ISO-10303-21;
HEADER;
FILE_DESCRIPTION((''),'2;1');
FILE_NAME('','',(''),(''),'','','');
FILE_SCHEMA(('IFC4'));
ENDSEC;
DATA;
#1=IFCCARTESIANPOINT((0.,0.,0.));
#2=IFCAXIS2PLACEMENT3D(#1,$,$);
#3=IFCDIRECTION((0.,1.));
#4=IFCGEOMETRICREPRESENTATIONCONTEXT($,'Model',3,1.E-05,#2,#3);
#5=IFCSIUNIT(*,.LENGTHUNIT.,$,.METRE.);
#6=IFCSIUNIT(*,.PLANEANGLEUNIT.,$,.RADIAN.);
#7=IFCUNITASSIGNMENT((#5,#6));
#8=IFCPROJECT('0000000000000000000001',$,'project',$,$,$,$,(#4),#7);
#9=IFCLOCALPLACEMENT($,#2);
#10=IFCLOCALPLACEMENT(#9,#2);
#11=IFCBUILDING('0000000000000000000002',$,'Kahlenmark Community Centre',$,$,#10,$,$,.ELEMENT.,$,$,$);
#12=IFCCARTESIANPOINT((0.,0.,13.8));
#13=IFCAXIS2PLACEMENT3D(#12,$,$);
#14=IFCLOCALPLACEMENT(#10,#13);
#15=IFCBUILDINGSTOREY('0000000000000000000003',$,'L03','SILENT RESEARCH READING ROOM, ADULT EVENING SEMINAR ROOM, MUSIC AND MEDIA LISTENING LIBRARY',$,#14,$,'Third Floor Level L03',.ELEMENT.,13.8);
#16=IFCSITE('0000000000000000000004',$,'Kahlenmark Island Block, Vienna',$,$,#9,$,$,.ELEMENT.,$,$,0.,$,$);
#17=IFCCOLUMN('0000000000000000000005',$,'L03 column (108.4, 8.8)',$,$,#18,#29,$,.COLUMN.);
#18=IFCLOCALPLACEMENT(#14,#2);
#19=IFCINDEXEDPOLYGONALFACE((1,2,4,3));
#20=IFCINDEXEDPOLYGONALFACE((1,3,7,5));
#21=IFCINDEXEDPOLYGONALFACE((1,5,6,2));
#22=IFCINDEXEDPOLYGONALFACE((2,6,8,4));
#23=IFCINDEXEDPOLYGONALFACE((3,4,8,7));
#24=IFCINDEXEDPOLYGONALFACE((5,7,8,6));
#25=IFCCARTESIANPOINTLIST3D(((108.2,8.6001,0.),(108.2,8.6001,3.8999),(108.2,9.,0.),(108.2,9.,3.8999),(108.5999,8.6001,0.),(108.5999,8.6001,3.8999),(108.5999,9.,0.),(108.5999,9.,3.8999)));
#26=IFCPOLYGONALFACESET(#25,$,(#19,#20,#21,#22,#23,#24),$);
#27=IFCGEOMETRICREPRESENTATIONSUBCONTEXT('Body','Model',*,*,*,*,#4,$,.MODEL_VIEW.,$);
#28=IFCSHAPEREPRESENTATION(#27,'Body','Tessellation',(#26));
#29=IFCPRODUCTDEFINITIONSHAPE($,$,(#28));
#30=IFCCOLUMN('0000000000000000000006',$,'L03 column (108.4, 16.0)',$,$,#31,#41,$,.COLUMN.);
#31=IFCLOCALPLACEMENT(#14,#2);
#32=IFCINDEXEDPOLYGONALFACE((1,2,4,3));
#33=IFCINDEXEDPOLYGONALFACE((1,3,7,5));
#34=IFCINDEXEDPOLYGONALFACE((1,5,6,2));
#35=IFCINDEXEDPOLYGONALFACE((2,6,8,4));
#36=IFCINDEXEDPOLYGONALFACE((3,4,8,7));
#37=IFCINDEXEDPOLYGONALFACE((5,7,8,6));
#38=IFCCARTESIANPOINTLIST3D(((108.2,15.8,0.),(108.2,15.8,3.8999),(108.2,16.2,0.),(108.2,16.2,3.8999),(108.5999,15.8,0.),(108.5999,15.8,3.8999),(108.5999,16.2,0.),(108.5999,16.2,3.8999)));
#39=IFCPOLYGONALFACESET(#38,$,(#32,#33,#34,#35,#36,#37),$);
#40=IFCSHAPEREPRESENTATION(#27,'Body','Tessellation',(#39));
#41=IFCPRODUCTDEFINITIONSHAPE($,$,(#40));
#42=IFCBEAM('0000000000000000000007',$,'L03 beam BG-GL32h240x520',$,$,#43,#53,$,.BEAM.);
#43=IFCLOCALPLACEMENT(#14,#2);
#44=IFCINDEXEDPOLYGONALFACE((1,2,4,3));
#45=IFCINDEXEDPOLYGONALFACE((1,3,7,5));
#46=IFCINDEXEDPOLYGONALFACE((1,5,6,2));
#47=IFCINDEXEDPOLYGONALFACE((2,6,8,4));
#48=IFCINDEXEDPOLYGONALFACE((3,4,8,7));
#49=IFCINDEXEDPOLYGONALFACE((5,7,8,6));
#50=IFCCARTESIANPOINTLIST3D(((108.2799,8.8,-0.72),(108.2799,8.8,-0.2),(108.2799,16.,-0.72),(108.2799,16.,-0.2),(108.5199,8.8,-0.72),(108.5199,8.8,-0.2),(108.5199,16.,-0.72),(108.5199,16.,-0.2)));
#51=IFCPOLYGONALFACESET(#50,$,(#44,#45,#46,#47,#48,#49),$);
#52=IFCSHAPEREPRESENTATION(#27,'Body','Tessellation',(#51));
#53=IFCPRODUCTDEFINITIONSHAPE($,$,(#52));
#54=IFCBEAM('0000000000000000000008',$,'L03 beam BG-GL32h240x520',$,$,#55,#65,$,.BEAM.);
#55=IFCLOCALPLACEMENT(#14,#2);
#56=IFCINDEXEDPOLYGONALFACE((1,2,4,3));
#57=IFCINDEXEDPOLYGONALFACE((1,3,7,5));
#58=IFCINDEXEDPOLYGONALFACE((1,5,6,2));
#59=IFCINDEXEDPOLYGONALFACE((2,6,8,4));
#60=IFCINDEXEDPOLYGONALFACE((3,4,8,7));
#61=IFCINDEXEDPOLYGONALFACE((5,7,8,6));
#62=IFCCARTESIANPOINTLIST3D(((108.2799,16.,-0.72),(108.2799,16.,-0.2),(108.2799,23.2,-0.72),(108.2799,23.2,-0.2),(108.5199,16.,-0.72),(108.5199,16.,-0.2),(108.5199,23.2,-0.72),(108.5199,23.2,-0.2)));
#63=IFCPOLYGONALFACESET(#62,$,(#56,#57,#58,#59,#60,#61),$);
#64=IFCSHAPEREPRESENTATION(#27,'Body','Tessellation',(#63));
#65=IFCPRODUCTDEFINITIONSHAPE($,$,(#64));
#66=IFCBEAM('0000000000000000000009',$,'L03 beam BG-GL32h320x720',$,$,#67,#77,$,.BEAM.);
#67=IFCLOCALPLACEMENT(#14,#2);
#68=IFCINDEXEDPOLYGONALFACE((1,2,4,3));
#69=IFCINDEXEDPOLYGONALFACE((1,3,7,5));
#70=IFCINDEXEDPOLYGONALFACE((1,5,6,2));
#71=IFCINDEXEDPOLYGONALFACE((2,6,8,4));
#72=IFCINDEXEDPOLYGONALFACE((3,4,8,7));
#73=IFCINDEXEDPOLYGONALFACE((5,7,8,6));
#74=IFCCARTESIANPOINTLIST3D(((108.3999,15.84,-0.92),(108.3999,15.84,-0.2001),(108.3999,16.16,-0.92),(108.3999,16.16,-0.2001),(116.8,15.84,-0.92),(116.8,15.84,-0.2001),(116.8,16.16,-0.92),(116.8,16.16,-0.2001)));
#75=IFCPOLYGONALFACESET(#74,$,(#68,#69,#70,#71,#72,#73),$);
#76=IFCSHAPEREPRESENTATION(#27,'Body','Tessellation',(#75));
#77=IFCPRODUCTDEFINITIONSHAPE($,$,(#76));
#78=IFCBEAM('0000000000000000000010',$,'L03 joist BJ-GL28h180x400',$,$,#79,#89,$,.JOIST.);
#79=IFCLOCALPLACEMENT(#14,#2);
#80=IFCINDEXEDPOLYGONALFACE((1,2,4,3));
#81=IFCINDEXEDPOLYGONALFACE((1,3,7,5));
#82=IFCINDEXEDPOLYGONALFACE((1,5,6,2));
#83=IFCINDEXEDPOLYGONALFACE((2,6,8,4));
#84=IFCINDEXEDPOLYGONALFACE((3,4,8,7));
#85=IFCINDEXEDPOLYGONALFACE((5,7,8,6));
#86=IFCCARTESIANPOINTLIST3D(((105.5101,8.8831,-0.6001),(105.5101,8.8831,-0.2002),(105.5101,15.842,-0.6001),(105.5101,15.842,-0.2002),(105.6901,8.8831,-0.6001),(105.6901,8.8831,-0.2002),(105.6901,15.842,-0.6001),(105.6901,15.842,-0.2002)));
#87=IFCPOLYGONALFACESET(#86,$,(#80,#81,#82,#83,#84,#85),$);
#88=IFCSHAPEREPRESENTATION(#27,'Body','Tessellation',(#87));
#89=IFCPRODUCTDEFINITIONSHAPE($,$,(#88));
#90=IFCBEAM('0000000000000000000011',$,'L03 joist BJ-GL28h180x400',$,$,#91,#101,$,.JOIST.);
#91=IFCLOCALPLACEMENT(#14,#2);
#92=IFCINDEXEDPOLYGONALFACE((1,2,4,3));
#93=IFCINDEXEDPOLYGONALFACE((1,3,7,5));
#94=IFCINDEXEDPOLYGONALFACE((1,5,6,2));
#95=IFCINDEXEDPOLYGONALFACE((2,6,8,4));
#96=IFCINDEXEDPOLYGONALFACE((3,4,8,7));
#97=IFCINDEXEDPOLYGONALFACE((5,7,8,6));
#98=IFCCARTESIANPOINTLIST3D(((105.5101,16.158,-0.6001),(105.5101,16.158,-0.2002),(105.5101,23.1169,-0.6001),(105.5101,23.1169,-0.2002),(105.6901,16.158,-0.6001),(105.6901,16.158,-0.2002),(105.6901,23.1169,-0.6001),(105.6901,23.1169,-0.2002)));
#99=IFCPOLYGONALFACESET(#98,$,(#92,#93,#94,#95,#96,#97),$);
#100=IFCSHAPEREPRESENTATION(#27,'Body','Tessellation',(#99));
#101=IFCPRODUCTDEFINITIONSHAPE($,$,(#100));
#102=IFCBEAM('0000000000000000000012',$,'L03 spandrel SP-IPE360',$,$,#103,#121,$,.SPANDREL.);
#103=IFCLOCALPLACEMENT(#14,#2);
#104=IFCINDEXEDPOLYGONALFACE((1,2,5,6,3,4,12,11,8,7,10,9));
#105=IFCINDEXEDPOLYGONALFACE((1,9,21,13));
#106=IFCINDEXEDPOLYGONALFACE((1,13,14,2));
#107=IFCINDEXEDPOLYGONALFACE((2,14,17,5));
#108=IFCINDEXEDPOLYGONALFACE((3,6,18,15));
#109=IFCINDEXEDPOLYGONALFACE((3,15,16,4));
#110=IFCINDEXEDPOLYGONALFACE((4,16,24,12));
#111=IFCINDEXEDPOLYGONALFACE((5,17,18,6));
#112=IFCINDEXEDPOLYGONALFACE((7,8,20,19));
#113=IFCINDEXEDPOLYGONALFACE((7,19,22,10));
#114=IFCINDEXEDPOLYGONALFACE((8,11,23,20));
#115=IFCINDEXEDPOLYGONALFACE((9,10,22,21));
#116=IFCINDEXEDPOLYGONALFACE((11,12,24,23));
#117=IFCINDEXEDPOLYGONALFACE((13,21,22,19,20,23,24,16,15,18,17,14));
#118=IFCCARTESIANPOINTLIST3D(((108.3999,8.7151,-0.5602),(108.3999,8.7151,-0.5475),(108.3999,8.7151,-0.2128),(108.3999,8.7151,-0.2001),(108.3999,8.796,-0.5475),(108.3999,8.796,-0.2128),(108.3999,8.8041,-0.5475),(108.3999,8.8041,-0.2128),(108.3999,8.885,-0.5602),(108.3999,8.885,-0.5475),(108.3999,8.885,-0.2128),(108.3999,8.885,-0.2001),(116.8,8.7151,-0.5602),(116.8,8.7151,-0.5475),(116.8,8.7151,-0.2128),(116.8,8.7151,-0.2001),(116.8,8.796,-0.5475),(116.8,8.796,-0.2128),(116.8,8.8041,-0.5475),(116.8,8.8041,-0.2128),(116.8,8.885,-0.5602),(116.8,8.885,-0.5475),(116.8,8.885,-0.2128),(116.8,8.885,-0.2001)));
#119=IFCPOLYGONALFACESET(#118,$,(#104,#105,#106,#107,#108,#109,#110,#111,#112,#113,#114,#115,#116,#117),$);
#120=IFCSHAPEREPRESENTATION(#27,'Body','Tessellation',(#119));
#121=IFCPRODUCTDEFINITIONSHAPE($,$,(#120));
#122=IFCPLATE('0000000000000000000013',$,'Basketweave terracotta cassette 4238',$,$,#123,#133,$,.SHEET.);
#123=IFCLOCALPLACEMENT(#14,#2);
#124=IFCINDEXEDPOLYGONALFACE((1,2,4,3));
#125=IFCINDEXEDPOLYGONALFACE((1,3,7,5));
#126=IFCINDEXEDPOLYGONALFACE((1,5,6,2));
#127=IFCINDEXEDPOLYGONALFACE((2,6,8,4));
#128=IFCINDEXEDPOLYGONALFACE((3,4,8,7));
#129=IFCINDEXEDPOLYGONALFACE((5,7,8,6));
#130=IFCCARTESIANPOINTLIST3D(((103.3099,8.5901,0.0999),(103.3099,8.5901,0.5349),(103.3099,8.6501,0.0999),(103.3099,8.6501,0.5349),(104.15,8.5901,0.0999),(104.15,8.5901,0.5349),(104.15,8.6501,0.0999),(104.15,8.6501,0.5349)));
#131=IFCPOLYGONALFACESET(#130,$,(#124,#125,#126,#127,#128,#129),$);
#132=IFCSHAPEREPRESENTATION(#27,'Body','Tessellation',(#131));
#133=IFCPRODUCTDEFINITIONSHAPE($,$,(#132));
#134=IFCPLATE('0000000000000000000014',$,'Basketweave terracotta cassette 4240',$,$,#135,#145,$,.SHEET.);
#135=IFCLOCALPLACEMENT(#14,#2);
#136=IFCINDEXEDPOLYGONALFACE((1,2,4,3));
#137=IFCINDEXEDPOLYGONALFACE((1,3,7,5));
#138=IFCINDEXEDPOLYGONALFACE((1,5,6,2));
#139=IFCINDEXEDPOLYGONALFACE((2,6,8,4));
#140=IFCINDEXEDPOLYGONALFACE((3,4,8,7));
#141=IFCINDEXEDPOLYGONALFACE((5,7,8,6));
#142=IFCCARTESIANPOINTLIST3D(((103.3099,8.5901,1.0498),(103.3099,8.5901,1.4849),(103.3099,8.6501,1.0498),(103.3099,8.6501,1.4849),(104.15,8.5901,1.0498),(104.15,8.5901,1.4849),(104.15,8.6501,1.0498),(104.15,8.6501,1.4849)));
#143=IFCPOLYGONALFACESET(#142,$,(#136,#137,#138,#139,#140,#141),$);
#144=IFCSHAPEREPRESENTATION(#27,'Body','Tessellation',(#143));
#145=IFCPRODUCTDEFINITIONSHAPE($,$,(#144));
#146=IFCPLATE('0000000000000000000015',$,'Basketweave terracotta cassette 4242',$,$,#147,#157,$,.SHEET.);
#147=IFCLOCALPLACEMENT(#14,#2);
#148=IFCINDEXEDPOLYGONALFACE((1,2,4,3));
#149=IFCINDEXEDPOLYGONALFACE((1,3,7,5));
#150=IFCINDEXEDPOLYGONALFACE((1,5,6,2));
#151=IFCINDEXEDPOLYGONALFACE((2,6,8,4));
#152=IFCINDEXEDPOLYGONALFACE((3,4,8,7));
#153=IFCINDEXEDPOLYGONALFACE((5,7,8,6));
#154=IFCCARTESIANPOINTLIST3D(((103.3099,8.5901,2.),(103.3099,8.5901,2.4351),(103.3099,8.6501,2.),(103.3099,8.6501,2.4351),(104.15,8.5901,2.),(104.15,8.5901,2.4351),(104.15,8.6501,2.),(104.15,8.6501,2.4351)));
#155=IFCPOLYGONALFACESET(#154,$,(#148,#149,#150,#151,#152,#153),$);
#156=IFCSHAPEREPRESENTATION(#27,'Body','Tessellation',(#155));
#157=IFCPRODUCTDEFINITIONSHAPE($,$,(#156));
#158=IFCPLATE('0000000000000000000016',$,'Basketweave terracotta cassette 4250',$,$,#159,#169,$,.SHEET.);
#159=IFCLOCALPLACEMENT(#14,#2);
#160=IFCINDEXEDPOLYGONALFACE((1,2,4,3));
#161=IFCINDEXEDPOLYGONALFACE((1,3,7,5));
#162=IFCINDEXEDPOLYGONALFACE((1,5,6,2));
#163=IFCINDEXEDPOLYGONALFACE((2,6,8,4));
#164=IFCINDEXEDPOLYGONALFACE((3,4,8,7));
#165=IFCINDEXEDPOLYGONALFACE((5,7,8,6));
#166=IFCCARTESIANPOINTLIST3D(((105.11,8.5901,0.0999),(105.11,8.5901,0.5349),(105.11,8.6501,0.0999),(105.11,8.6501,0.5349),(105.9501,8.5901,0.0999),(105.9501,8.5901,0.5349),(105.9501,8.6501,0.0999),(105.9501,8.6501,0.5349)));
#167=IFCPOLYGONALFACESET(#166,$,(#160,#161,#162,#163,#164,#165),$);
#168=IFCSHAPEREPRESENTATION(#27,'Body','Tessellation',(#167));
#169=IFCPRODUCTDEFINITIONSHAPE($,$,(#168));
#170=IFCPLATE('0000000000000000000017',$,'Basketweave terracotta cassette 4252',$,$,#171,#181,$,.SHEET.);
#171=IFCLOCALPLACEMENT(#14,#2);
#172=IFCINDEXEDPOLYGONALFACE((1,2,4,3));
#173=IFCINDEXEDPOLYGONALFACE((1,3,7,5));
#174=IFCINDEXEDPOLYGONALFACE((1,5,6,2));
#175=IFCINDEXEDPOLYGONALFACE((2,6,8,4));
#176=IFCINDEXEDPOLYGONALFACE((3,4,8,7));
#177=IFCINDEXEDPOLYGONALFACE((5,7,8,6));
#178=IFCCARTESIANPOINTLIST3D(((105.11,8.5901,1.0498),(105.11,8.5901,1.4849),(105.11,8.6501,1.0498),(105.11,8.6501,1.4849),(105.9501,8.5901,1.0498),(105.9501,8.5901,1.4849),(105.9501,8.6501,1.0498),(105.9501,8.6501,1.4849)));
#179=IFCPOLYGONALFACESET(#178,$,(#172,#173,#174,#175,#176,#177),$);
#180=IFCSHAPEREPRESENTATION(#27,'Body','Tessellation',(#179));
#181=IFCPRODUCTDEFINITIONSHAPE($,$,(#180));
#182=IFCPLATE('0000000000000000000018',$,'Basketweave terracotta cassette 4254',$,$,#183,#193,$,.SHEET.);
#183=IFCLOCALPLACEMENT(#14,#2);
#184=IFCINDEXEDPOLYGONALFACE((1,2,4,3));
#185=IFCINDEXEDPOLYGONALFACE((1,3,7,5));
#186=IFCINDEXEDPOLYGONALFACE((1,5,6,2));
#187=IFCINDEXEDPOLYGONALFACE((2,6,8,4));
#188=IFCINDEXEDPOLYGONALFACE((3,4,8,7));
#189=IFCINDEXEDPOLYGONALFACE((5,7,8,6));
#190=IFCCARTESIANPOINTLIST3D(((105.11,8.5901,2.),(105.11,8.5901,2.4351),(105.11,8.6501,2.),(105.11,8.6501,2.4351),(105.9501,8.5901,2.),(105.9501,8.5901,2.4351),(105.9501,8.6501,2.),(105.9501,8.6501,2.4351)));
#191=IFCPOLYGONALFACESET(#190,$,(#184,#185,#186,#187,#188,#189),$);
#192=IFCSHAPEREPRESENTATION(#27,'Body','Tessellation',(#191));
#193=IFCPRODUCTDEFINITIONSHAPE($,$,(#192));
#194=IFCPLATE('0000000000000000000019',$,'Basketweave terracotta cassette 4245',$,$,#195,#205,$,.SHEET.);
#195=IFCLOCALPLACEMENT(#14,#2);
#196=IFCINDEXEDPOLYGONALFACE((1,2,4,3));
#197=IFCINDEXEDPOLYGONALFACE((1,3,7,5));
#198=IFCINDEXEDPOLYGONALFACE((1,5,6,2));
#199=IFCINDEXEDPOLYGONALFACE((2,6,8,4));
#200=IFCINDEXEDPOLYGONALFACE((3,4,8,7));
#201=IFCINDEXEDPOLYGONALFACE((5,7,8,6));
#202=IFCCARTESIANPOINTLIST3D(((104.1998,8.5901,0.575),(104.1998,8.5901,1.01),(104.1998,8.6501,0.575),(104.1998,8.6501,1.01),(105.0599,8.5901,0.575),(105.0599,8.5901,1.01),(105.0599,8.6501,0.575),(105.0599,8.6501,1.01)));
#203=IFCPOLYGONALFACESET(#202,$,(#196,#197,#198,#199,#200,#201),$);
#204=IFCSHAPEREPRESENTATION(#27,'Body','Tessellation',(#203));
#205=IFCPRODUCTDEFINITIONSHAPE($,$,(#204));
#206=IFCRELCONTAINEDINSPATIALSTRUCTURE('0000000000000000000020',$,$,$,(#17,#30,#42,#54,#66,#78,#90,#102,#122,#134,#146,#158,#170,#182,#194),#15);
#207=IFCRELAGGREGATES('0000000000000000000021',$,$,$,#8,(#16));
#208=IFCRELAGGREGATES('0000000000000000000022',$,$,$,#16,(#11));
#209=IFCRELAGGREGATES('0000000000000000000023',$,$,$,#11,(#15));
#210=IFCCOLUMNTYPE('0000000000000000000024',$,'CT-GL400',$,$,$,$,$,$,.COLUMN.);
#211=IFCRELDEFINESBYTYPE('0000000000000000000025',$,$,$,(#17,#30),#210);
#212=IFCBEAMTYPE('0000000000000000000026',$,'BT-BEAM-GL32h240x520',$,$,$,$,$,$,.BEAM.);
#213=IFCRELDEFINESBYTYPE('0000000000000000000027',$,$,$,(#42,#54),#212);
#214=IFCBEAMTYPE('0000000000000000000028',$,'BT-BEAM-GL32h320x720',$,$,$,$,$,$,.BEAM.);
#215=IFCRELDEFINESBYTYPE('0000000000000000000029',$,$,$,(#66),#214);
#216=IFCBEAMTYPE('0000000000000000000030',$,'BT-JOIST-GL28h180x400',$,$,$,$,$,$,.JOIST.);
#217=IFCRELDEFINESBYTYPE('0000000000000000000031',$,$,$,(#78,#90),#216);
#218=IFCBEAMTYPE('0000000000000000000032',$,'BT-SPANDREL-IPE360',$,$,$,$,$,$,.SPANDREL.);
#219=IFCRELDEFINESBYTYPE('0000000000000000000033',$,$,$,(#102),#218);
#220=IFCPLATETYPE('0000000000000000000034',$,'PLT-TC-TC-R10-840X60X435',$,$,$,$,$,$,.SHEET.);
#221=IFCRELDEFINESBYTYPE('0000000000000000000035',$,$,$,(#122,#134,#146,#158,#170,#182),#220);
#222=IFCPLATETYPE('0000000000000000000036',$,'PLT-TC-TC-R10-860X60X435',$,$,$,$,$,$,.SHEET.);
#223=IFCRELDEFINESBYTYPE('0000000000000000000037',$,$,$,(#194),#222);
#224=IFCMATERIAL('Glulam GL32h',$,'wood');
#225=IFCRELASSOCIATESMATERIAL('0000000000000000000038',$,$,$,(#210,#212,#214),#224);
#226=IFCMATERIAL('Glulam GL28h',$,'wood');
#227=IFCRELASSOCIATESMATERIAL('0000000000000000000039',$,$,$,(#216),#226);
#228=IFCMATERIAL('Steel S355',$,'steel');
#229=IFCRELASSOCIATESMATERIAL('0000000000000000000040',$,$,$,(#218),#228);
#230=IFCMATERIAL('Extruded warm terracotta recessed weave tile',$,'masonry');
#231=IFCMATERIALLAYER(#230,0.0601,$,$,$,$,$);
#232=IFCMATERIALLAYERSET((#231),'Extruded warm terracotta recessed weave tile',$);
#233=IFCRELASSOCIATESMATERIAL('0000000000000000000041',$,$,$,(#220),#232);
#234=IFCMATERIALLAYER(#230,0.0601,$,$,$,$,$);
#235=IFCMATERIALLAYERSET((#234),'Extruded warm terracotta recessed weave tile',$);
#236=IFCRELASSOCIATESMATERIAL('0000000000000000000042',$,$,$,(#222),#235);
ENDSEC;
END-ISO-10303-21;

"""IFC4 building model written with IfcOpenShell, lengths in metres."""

from ifc_helpers import new_model, si_unit, direction, frame, origin, origin_2d, place, context, subcontext, project, spatial, rectangle, i_section, extrude, material, layer, layer_set, material_profile, profile_set, type_object, element, save


model = new_model("IFC4")

# Units and contexts
model_context = context("Model", 3, precision=1e-05, world=origin(), true_north=direction((0.0, 1.0)))
body_context = subcontext(model_context, "Body", "Model", "MODEL_VIEW")
ifc_project = project(units=[si_unit("LENGTHUNIT", "METRE"), si_unit("PLANEANGLEUNIT", "RADIAN")], contexts=[model_context])

# Site, building, storey
site_placement = place(None, origin())
site = spatial("IfcSite", under=ifc_project, at=site_placement, Name="Kahlenmark Island Block, Vienna", CompositionType="ELEMENT", RefElevation=0.0)
building_placement = place(site_placement, origin())
building = spatial("IfcBuilding", under=site, at=building_placement, Name="Kahlenmark Community Centre", CompositionType="ELEMENT")
storey_placement = place(building_placement, frame((0.0, 0.0, 13.8)))
storey = spatial("IfcBuildingStorey", under=building, at=storey_placement, Name="L03", Description="SILENT RESEARCH READING ROOM, ADULT EVENING SEMINAR ROOM, MUSIC AND MEDIA LISTENING LIBRARY", LongName="Third Floor Level L03", CompositionType="ELEMENT", Elevation=13.8)

# Columns
ifc_material_1 = material(Name="Glulam GL32h", Category="wood")
ifc_material_profile_1 = material_profile(ifc_material_1, rectangle(XDim=0.3999, YDim=0.3999, at=origin_2d()), Name="GL32h 400x400")
ifc_profile_set_1 = profile_set([ifc_material_profile_1], Name="Glulam GL32h")
column_type = type_object("IfcColumnType", Name="CT-GL400", PredefinedType="COLUMN", material=ifc_profile_set_1)
for number, where, z_axis, x_axis, name in (
    (1, (108.3999, 8.8, 0.0), (0.0, 0.0, 1.0), (1.0, 0.0, 0.0), "L03 column (108.4, 8.8)"),
    (2, (108.3999, 16.0, 0.0), (0.0, 0.0, 1.0), (1.0, 0.0, 0.0), "L03 column (108.4, 16.0)"),
):
    element("IfcColumn", number, at=place(storey_placement, frame(where, z_axis=z_axis, x_axis=x_axis)), inside=storey, type_object=column_type, Name=name, PredefinedType="COLUMN", context=body_context, shape_type="SweptSolid", body=[
        extrude(rectangle(XDim=0.3999, YDim=0.3999, at=origin_2d()), origin(), (0.0, 0.0, 1.0), 3.8999),
    ])

# Beams
ifc_material_profile_2 = material_profile(ifc_material_1, rectangle(XDim=0.24, YDim=0.52, at=origin_2d()), Name="GL32h 240x520")
ifc_profile_set_2 = profile_set([ifc_material_profile_2], Name="Glulam GL32h")
beam_type_1 = type_object("IfcBeamType", Name="BT-BEAM-GL32h240x520", PredefinedType="BEAM", material=ifc_profile_set_2)
for number, where, z_axis, x_axis, name in (
    (3, (108.3999, 8.8, -0.46), (0.0, 1.0, 0.0), (-1.0, 0.0, 0.0), "L03 beam BG-GL32h240x520"),
    (4, (108.3999, 16.0, -0.46), (0.0, 1.0, 0.0), (-1.0, 0.0, 0.0), "L03 beam BG-GL32h240x520"),
):
    element("IfcBeam", number, at=place(storey_placement, frame(where, z_axis=z_axis, x_axis=x_axis)), inside=storey, type_object=beam_type_1, Name=name, PredefinedType="BEAM", context=body_context, shape_type="SweptSolid", body=[
        extrude(rectangle(XDim=0.24, YDim=0.52, at=origin_2d()), origin(), (0.0, 0.0, 1.0), 7.2),
    ])
ifc_material_profile_3 = material_profile(ifc_material_1, rectangle(XDim=0.3201, YDim=0.72, at=origin_2d()), Name="GL32h 320x720")
ifc_profile_set_3 = profile_set([ifc_material_profile_3], Name="Glulam GL32h")
beam_type_2 = type_object("IfcBeamType", Name="BT-BEAM-GL32h320x720", PredefinedType="BEAM", material=ifc_profile_set_3)
beam_1_placement = place(storey_placement, frame((108.3999, 16.0, -0.5601), z_axis=(1.0, 0.0, 0.0), x_axis=(0.0, 1.0, 0.0)))
element("IfcBeam", 5, at=beam_1_placement, inside=storey, type_object=beam_type_2, Name="L03 beam BG-GL32h320x720", PredefinedType="BEAM", context=body_context, shape_type="SweptSolid", body=[
    extrude(rectangle(XDim=0.3201, YDim=0.72, at=origin_2d()), origin(), (0.0, 0.0, 1.0), 8.4001),
])
ifc_material_2 = material(Name="Glulam GL28h", Category="wood")
ifc_material_profile_4 = material_profile(ifc_material_2, rectangle(XDim=0.1799, YDim=0.3999, at=origin_2d()), Name="GL28h 180x400")
ifc_profile_set_4 = profile_set([ifc_material_profile_4], Name="Glulam GL28h")
beam_type_3 = type_object("IfcBeamType", Name="BT-JOIST-GL28h180x400", PredefinedType="JOIST", material=ifc_profile_set_4)
for number, where, z_axis, x_axis, name in (
    (6, (105.6001, 8.8831, -0.4001), (0.0, 1.0, 0.0), (-1.0, 0.0, 0.0), "L03 joist BJ-GL28h180x400"),
    (7, (105.6001, 16.158, -0.4001), (0.0, 1.0, 0.0), (-1.0, 0.0, 0.0), "L03 joist BJ-GL28h180x400"),
):
    element("IfcBeam", number, at=place(storey_placement, frame(where, z_axis=z_axis, x_axis=x_axis)), inside=storey, type_object=beam_type_3, Name=name, PredefinedType="JOIST", context=body_context, shape_type="SweptSolid", body=[
        extrude(rectangle(XDim=0.1799, YDim=0.3999, at=origin_2d()), origin(), (0.0, 0.0, 1.0), 6.959),
    ])
ifc_material_3 = material(Name="Steel S355", Category="steel")
ifc_material_profile_5 = material_profile(ifc_material_3, i_section(OverallWidth=0.1699, OverallDepth=0.3601, WebThickness=0.0081, FlangeThickness=0.0127, at=origin_2d()), Name="IPE 360")
ifc_profile_set_5 = profile_set([ifc_material_profile_5], Name="Steel S355")
beam_type_4 = type_object("IfcBeamType", Name="BT-SPANDREL-IPE360", PredefinedType="SPANDREL", material=ifc_profile_set_5)
beam_2_placement = place(storey_placement, frame((108.3999, 8.8, -0.3801), z_axis=(1.0, 0.0, 0.0), x_axis=(0.0, 1.0, 0.0)))
element("IfcBeam", 8, at=beam_2_placement, inside=storey, type_object=beam_type_4, Name="L03 spandrel SP-IPE360", PredefinedType="SPANDREL", context=body_context, shape_type="SweptSolid", body=[
    extrude(i_section(OverallWidth=0.1699, OverallDepth=0.3601, WebThickness=0.0081, FlangeThickness=0.0127, at=origin_2d()), origin(), (0.0, 0.0, 1.0), 8.4001),
])

# Plates
ifc_material_4 = material(Name="Extruded warm terracotta recessed weave tile", Category="masonry")
ifc_layer_1 = layer(ifc_material_4, 0.0601)
ifc_layer_set_1 = layer_set([ifc_layer_1], Name="Extruded warm terracotta recessed weave tile")
plate_type_1 = type_object("IfcPlateType", Name="PLT-TC-TC-R10-840X60X435", PredefinedType="SHEET", material=ifc_layer_set_1)
for number, where, z_axis, x_axis, name in (
    (9, (103.73, 8.6201, 0.0999), (0.0, 0.0, 1.0), (1.0, 0.0, 0.0), "Basketweave terracotta cassette 4238"),
    (10, (103.73, 8.6201, 1.0498), (0.0, 0.0, 1.0), (1.0, 0.0, 0.0), "Basketweave terracotta cassette 4240"),
    (11, (103.73, 8.6201, 2.0), (0.0, 0.0, 1.0), (1.0, 0.0, 0.0), "Basketweave terracotta cassette 4242"),
    (12, (105.53, 8.6201, 0.0999), (0.0, 0.0, 1.0), (1.0, 0.0, 0.0), "Basketweave terracotta cassette 4250"),
    (13, (105.53, 8.6201, 1.0498), (0.0, 0.0, 1.0), (1.0, 0.0, 0.0), "Basketweave terracotta cassette 4252"),
    (14, (105.53, 8.6201, 2.0), (0.0, 0.0, 1.0), (1.0, 0.0, 0.0), "Basketweave terracotta cassette 4254"),
):
    element("IfcPlate", number, at=place(storey_placement, frame(where, z_axis=z_axis, x_axis=x_axis)), inside=storey, type_object=plate_type_1, Name=name, PredefinedType="SHEET", context=body_context, shape_type="SweptSolid", body=[
        extrude(rectangle(XDim=0.8401, YDim=0.0601, at=origin_2d()), origin(), (0.0, 0.0, 1.0), 0.4351),
    ])
ifc_layer_2 = layer(ifc_material_4, 0.0601)
ifc_layer_set_2 = layer_set([ifc_layer_2], Name="Extruded warm terracotta recessed weave tile")
plate_type_2 = type_object("IfcPlateType", Name="PLT-TC-TC-R10-860X60X435", PredefinedType="SHEET", material=ifc_layer_set_2)
for number, where, z_axis, x_axis, name in (
    (15, (104.6299, 8.6201, 0.575), (0.0, 0.0, 1.0), (1.0, 0.0, 0.0), "Basketweave terracotta cassette 4245"),
):
    element("IfcPlate", number, at=place(storey_placement, frame(where, z_axis=z_axis, x_axis=x_axis)), inside=storey, type_object=plate_type_2, Name=name, PredefinedType="SHEET", context=body_context, shape_type="SweptSolid", body=[
        extrude(rectangle(XDim=0.8601, YDim=0.0601, at=origin_2d()), origin(), (0.0, 0.0, 1.0), 0.4351),
    ])

save(model, "model.ifc")
